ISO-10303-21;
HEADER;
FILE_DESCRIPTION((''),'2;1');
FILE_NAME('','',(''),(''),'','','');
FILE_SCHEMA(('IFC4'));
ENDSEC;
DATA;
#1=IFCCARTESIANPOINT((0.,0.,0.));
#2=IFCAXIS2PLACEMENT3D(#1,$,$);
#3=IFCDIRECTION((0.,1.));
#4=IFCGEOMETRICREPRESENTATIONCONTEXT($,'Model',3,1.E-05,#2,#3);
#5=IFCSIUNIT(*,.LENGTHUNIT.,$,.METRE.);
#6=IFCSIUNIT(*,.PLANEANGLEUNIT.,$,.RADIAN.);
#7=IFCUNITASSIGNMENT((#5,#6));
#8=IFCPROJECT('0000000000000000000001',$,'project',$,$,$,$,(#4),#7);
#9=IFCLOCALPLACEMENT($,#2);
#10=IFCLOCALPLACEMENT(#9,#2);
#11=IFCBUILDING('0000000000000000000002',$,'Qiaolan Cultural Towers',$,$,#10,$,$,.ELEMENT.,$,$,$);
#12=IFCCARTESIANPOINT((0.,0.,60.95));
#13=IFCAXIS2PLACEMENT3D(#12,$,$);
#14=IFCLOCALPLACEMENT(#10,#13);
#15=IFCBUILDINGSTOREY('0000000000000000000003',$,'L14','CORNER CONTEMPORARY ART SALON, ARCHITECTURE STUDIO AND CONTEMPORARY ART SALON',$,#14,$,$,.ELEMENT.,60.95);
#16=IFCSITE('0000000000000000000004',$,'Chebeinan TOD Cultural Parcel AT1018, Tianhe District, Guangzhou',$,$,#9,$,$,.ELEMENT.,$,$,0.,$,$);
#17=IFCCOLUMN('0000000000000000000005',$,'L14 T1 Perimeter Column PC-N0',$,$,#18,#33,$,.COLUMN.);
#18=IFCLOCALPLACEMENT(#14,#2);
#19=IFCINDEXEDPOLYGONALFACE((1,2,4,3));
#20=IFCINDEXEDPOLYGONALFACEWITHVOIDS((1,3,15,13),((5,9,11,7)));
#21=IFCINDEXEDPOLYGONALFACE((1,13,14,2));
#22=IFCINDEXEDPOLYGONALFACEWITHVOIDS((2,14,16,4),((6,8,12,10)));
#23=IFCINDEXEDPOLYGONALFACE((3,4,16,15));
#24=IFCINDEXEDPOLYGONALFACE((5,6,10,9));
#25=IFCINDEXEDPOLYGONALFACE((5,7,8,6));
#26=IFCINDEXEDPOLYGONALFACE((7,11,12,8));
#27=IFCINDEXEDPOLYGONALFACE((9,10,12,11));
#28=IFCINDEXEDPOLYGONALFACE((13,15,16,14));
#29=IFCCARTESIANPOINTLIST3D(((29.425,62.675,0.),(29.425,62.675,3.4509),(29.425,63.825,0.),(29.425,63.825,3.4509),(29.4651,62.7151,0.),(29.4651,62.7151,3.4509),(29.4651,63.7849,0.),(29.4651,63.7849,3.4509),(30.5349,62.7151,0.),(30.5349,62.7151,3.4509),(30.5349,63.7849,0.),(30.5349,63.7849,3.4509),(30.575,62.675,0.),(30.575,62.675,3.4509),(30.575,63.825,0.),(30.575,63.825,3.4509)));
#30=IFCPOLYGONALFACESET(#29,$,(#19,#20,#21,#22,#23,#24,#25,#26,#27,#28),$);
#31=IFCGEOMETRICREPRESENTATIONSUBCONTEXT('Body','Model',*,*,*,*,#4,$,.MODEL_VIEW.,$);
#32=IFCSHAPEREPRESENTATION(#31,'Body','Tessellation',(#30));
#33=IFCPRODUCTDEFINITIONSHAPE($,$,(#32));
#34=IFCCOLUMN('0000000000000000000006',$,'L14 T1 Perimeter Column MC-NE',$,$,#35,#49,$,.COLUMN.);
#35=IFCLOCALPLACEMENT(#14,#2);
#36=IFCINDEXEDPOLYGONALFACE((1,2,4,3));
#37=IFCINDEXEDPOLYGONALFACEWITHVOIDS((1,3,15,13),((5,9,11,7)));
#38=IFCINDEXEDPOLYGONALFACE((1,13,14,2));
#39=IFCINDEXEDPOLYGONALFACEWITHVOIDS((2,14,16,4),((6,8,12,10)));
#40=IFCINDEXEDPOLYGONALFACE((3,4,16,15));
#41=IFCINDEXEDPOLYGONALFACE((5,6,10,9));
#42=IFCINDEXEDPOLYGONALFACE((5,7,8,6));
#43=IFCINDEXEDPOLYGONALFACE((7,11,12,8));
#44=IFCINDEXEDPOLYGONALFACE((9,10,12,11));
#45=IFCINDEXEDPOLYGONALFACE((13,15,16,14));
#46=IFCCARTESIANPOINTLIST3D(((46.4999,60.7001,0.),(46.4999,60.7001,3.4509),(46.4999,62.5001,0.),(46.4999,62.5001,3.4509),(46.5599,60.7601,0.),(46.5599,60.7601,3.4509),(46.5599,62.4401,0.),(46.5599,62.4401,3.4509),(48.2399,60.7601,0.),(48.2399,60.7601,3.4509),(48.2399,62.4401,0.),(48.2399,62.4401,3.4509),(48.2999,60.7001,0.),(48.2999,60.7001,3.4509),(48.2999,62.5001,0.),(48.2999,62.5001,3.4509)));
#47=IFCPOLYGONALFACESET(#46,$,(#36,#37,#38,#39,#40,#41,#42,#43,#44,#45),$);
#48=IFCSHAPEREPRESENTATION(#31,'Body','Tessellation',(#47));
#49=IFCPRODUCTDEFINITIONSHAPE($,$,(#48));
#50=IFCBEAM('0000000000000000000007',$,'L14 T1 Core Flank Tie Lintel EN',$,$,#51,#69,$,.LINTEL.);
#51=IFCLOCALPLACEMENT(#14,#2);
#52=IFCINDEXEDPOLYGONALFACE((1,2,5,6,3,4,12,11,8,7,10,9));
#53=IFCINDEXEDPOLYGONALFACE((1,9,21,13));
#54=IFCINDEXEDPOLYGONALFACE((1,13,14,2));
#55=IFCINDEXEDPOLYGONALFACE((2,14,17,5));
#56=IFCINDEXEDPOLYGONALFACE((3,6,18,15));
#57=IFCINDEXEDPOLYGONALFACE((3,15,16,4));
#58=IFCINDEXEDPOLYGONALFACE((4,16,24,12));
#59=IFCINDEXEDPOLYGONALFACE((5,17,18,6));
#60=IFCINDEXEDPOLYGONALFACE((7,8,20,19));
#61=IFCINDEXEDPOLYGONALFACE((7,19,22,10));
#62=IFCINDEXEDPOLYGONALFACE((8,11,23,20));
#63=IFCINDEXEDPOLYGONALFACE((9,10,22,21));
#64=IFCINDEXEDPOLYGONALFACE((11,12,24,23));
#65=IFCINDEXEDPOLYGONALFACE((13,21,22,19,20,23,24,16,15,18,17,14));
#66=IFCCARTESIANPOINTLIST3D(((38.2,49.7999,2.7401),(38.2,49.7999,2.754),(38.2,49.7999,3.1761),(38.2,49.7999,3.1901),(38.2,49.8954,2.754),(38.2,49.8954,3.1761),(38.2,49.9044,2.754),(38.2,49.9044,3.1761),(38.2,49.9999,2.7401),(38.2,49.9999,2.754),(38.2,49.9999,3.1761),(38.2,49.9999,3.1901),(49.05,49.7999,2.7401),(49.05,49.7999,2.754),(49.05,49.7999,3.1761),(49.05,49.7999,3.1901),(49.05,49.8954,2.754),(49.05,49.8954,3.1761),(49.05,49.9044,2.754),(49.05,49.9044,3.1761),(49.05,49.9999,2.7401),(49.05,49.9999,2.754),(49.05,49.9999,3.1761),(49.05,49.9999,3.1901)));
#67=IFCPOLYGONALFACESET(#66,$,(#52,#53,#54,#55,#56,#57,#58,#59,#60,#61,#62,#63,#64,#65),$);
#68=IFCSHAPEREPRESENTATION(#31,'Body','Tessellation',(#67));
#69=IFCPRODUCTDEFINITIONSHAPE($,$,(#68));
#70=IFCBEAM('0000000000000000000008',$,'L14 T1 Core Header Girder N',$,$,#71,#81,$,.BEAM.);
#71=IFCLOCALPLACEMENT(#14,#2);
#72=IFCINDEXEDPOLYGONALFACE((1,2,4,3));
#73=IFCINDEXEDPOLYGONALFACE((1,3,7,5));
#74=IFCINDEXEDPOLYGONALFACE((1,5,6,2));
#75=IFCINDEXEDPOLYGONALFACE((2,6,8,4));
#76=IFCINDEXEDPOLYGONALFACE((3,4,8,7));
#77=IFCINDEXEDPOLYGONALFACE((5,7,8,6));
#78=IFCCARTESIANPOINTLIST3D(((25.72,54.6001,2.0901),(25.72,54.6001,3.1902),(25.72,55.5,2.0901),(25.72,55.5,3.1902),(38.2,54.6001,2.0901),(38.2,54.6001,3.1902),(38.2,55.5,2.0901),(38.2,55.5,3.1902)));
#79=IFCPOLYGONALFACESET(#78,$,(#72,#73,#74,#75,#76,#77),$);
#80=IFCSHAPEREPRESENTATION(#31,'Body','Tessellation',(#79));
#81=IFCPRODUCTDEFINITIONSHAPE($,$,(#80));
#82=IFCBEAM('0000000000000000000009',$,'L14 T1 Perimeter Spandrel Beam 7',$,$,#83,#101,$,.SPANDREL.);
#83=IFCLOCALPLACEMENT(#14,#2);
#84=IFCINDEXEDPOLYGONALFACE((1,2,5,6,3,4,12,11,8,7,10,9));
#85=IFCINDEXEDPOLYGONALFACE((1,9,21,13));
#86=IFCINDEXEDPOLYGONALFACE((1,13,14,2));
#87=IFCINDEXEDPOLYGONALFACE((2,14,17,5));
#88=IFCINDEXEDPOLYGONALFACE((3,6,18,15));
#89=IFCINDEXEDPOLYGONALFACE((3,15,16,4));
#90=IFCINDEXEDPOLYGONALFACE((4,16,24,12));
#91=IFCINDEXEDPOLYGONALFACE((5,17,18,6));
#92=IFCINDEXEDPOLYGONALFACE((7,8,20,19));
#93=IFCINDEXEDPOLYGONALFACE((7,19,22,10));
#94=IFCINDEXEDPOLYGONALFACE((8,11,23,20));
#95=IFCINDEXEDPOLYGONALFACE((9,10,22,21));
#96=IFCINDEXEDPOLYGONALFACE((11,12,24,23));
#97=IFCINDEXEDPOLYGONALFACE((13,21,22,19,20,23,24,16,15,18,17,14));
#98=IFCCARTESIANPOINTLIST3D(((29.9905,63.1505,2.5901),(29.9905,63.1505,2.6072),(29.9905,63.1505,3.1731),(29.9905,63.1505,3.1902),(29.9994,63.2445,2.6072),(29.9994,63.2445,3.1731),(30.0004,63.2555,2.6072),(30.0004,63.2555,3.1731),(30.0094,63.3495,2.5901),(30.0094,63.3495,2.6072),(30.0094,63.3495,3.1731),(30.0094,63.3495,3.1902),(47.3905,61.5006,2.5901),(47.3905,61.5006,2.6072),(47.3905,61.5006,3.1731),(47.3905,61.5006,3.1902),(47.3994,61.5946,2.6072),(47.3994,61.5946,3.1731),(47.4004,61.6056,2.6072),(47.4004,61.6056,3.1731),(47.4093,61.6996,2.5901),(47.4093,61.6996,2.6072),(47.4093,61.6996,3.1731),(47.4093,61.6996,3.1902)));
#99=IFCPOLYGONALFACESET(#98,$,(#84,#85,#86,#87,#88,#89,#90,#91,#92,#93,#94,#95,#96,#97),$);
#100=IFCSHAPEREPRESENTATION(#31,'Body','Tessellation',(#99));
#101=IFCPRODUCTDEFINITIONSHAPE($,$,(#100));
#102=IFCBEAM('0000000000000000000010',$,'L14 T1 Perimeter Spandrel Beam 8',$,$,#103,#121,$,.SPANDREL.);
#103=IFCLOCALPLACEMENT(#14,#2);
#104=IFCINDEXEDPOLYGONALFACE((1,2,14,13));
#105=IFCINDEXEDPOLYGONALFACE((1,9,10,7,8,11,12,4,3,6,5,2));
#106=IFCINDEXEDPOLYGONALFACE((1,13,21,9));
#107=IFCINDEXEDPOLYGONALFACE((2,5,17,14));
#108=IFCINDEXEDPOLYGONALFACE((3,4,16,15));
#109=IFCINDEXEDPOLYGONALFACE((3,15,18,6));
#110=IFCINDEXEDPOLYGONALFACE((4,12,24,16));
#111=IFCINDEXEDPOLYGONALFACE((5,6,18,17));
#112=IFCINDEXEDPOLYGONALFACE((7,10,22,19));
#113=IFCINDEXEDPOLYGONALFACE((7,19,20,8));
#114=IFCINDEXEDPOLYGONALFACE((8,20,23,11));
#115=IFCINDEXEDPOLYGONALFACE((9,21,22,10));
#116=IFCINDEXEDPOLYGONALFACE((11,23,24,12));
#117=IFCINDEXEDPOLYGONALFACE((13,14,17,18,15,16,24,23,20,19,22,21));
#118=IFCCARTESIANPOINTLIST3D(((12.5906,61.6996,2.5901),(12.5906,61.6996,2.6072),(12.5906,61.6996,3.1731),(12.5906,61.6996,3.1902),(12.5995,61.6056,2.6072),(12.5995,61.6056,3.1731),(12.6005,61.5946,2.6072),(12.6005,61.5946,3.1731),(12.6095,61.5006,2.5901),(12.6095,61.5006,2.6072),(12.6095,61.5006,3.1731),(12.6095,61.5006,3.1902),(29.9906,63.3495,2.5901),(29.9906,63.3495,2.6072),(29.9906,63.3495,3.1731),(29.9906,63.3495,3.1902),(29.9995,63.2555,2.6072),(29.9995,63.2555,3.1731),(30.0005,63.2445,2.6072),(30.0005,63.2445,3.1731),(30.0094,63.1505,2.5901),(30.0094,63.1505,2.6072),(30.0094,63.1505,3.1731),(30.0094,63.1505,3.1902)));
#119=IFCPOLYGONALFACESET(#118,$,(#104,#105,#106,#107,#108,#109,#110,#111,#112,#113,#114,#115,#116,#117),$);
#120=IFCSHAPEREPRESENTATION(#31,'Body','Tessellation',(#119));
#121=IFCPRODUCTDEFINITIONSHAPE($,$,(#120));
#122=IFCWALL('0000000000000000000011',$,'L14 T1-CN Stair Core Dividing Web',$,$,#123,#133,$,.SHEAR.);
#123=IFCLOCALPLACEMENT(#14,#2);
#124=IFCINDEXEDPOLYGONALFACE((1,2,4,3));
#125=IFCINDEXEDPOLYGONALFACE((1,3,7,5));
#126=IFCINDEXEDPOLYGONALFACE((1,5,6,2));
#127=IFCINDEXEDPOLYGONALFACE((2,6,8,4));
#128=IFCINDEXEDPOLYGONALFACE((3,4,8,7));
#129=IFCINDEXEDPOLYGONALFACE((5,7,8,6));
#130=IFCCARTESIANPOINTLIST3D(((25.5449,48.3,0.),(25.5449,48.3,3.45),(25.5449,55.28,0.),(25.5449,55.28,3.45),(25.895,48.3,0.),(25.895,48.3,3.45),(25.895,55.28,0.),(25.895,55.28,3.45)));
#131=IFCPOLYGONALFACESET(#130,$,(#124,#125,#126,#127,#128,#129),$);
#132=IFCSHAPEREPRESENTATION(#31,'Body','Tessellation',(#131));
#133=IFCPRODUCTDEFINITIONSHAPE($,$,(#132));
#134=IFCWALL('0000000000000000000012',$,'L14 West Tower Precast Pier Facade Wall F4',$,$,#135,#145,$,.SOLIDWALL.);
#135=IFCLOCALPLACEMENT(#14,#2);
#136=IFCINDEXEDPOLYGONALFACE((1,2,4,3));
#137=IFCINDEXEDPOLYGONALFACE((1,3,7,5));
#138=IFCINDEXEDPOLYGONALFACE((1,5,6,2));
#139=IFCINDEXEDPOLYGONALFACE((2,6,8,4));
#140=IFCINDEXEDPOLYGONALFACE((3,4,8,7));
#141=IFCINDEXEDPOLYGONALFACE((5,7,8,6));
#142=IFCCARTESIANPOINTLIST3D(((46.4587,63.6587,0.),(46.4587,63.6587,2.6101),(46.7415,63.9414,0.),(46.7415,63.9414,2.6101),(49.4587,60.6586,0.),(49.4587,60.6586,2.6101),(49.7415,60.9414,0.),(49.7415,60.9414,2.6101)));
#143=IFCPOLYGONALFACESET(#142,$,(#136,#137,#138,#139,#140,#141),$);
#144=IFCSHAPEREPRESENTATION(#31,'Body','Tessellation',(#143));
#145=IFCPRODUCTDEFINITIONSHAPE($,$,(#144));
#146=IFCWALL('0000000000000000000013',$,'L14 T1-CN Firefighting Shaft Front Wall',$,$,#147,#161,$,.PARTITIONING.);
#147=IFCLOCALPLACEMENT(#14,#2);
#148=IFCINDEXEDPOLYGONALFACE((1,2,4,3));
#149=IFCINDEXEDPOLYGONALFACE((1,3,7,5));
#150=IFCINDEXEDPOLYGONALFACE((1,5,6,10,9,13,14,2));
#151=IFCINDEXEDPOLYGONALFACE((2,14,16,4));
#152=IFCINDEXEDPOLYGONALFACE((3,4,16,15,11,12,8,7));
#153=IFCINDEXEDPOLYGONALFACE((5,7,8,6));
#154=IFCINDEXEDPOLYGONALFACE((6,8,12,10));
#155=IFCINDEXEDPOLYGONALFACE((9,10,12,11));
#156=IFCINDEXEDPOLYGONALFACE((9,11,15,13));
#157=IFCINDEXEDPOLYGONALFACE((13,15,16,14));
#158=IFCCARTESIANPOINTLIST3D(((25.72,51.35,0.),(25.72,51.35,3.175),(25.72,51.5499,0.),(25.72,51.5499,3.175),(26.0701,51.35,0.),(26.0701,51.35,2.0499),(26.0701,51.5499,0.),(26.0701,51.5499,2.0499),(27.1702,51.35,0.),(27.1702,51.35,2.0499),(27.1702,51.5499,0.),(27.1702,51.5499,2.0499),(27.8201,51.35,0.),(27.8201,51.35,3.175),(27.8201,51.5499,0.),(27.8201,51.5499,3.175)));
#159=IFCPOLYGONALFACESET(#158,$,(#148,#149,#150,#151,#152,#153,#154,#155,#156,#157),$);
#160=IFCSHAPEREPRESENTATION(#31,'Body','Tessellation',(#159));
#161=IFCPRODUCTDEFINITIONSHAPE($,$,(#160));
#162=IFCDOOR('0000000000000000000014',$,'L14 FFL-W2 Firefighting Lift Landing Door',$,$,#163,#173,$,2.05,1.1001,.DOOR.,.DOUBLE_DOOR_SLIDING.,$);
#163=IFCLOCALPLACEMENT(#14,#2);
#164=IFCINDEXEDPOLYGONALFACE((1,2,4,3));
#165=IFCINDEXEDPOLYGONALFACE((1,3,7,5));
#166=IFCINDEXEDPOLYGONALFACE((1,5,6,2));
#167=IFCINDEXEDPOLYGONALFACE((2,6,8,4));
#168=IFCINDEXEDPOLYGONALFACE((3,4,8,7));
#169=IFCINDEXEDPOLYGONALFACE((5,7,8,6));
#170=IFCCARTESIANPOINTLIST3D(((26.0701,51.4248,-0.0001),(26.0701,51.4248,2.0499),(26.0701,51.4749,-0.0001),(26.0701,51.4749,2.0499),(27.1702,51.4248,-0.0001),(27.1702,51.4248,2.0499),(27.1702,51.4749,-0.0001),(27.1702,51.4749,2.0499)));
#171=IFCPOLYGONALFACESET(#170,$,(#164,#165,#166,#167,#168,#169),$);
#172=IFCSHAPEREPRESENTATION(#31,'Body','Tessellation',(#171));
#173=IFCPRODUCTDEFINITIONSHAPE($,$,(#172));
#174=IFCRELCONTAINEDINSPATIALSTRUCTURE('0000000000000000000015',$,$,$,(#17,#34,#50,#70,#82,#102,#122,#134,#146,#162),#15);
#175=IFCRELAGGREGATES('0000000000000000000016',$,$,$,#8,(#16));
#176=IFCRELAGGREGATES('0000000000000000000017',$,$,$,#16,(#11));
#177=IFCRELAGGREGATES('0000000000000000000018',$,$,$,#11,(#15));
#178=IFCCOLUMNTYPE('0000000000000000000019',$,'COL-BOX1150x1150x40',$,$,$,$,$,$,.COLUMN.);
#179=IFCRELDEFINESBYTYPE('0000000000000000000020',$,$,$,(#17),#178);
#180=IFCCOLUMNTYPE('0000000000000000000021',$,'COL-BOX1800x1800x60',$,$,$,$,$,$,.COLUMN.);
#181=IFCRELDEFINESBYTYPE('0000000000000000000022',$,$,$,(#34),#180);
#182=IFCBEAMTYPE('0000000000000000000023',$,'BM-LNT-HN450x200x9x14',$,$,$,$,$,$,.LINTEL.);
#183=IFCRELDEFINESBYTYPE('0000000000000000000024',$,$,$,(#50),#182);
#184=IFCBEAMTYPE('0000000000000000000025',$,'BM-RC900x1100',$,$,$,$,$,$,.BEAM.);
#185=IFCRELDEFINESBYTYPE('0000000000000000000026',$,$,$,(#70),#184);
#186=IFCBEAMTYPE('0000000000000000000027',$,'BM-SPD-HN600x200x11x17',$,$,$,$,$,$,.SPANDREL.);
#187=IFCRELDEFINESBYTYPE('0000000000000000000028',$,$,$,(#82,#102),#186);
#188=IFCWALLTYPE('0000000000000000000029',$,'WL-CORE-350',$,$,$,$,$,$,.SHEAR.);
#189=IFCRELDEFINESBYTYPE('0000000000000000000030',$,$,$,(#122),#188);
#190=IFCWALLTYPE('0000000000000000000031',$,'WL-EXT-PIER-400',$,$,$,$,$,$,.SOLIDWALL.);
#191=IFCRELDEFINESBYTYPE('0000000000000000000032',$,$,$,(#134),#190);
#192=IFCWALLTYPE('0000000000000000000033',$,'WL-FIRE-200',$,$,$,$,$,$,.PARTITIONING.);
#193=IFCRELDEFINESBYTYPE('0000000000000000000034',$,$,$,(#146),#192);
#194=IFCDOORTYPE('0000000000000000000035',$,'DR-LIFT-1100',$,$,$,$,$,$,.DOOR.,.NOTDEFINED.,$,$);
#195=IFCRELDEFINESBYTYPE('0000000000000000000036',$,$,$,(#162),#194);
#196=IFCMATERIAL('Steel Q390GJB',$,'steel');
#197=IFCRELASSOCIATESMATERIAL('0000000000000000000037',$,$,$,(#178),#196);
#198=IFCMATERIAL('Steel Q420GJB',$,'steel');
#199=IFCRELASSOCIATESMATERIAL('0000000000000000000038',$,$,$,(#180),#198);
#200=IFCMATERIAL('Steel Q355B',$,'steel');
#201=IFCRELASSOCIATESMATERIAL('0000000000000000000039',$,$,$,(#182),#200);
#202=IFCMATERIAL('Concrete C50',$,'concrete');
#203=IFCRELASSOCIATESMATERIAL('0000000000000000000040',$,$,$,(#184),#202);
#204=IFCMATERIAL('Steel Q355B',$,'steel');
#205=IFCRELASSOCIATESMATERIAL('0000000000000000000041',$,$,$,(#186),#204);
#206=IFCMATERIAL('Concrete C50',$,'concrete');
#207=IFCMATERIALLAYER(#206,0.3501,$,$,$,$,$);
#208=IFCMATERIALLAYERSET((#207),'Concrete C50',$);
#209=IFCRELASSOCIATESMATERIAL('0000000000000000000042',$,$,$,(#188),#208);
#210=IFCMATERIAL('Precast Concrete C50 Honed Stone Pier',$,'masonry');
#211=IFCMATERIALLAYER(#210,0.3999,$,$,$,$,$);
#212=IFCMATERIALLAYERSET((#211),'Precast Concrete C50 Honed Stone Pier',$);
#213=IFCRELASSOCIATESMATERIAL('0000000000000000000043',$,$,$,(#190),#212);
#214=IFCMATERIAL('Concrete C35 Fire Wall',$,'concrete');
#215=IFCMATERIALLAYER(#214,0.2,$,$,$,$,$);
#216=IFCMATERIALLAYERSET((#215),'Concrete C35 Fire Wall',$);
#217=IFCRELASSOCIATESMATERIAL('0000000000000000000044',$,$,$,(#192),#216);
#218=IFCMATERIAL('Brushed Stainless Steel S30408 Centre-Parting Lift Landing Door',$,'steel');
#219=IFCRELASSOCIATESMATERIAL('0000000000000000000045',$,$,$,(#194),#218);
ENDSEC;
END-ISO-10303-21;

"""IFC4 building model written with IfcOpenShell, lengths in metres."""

from ifc_helpers import new_model, si_unit, direction, frame, frame_2d, origin, origin_2d, place, context, subcontext, project, spatial, rectangle, hollow_rectangle, i_section, extrude, material, layer, layer_set, material_profile, profile_set, type_object, element, fill, save


model = new_model("IFC4")

# Units and contexts
model_context = context("Model", 3, precision=1e-05, world=origin(), true_north=direction((0.0, 1.0)))
body_context = subcontext(model_context, "Body", "Model", "MODEL_VIEW")
ifc_project = project(units=[si_unit("LENGTHUNIT", "METRE"), si_unit("PLANEANGLEUNIT", "RADIAN")], contexts=[model_context])

# Site, building, storey
site_placement = place(None, origin())
site = spatial("IfcSite", under=ifc_project, at=site_placement, Name="Chebeinan TOD Cultural Parcel AT1018, Tianhe District, Guangzhou", CompositionType="ELEMENT", RefElevation=0.0)
building_placement = place(site_placement, origin())
building = spatial("IfcBuilding", under=site, at=building_placement, Name="Qiaolan Cultural Towers", CompositionType="ELEMENT")
storey_placement = place(building_placement, frame((0.0, 0.0, 60.95)))
storey = spatial("IfcBuildingStorey", under=building, at=storey_placement, Name="L14", Description="CORNER CONTEMPORARY ART SALON, ARCHITECTURE STUDIO AND CONTEMPORARY ART SALON", CompositionType="ELEMENT", Elevation=60.95)

# Columns
ifc_material_1 = material(Name="Steel Q390GJB", Category="steel")
ifc_material_profile_1 = material_profile(ifc_material_1, hollow_rectangle(XDim=1.1499, YDim=1.1499, WallThickness=0.04, at=origin_2d()), Name="BOX1150x1150x40")
ifc_profile_set_1 = profile_set([ifc_material_profile_1], Name="Steel Q390GJB")
column_type_1 = type_object("IfcColumnType", Name="COL-BOX1150x1150x40", PredefinedType="COLUMN", material=ifc_profile_set_1)
column_1_placement = place(storey_placement, frame((30.0, 63.25, 0.0), z_axis=(0.0, 0.0, 1.0), x_axis=(1.0, 0.0, 0.0)))
element("IfcColumn", 1, at=column_1_placement, inside=storey, type_object=column_type_1, Name="L14 T1 Perimeter Column PC-N0", PredefinedType="COLUMN", context=body_context, shape_type="SweptSolid", body=[
    extrude(hollow_rectangle(XDim=1.1499, YDim=1.1499, WallThickness=0.04, at=origin_2d()), origin(), (0.0, 0.0, 1.0), 3.4509),
])
ifc_material_2 = material(Name="Steel Q420GJB", Category="steel")
ifc_material_profile_2 = material_profile(ifc_material_2, hollow_rectangle(XDim=1.8, YDim=1.8, WallThickness=0.0601, at=origin_2d()), Name="BOX1800x1800x60")
ifc_profile_set_2 = profile_set([ifc_material_profile_2], Name="Steel Q420GJB")
column_type_2 = type_object("IfcColumnType", Name="COL-BOX1800x1800x60", PredefinedType="COLUMN", material=ifc_profile_set_2)
column_2_placement = place(storey_placement, frame((47.3999, 61.6001, 0.0), z_axis=(0.0, 0.0, 1.0), x_axis=(1.0, 0.0, 0.0)))
element("IfcColumn", 2, at=column_2_placement, inside=storey, type_object=column_type_2, Name="L14 T1 Perimeter Column MC-NE", PredefinedType="COLUMN", context=body_context, shape_type="SweptSolid", body=[
    extrude(hollow_rectangle(XDim=1.8, YDim=1.8, WallThickness=0.0601, at=origin_2d()), origin(), (0.0, 0.0, 1.0), 3.4509),
])

# Beams
ifc_material_3 = material(Name="Steel Q355B", Category="steel")
ifc_material_profile_3 = material_profile(ifc_material_3, i_section(OverallWidth=0.2, OverallDepth=0.45, WebThickness=0.009, FlangeThickness=0.0139, at=origin_2d()), Name="HN450x200x9x14")
ifc_profile_set_3 = profile_set([ifc_material_profile_3], Name="Steel Q355B")
beam_type_1 = type_object("IfcBeamType", Name="BM-LNT-HN450x200x9x14", PredefinedType="LINTEL", material=ifc_profile_set_3)
beam_1_placement = place(storey_placement, frame((38.2, 49.8999, 2.9651), z_axis=(1.0, 0.0, 0.0), x_axis=(0.0, 1.0, 0.0)))
element("IfcBeam", 3, at=beam_1_placement, inside=storey, type_object=beam_type_1, Name="L14 T1 Core Flank Tie Lintel EN", PredefinedType="LINTEL", context=body_context, shape_type="SweptSolid", body=[
    extrude(i_section(OverallWidth=0.2, OverallDepth=0.45, WebThickness=0.009, FlangeThickness=0.0139, at=origin_2d()), origin(), (0.0, 0.0, 1.0), 10.8501),
])
ifc_material_4 = material(Name="Concrete C50", Category="concrete")
ifc_material_profile_4 = material_profile(ifc_material_4, rectangle(XDim=0.8999, YDim=1.1001, at=origin_2d()), Name="RC900x1100")
ifc_profile_set_4 = profile_set([ifc_material_profile_4], Name="Concrete C50")
beam_type_2 = type_object("IfcBeamType", Name="BM-RC900x1100", PredefinedType="BEAM", material=ifc_profile_set_4)
beam_2_placement = place(storey_placement, frame((25.72, 55.05, 2.6401), z_axis=(1.0, 0.0, 0.0), x_axis=(0.0, 1.0, 0.0)))
element("IfcBeam", 4, at=beam_2_placement, inside=storey, type_object=beam_type_2, Name="L14 T1 Core Header Girder N", PredefinedType="BEAM", context=body_context, shape_type="SweptSolid", body=[
    extrude(rectangle(XDim=0.8999, YDim=1.1001, at=origin_2d()), origin(), (0.0, 0.0, 1.0), 12.48),
])
ifc_material_5 = material(Name="Steel Q355B", Category="steel")
ifc_material_profile_5 = material_profile(ifc_material_5, i_section(OverallWidth=0.2, OverallDepth=0.6001, WebThickness=0.011, FlangeThickness=0.0171, at=origin_2d()), Name="HN600x200x11x17")
ifc_profile_set_5 = profile_set([ifc_material_profile_5], Name="Steel Q355B")
beam_type_3 = type_object("IfcBeamType", Name="BM-SPD-HN600x200x11x17", PredefinedType="SPANDREL", material=ifc_profile_set_5)
for number, where, z_axis, x_axis, name in (
    (5, (47.3999, 61.6001, 2.8901), (-0.995534, 0.094399, 0.0), (-0.094399, -0.995534, 0.0), "L14 T1 Perimeter Spandrel Beam 7"),
    (6, (30.0, 63.25, 2.8901), (-0.995534, -0.094399, 0.0), (0.094399, -0.995534, 0.0), "L14 T1 Perimeter Spandrel Beam 8"),
):
    element("IfcBeam", number, at=place(storey_placement, frame(where, z_axis=z_axis, x_axis=x_axis)), inside=storey, type_object=beam_type_3, Name=name, PredefinedType="SPANDREL", context=body_context, shape_type="SweptSolid", body=[
        extrude(i_section(OverallWidth=0.2, OverallDepth=0.6001, WebThickness=0.011, FlangeThickness=0.0171, at=origin_2d()), origin(), (0.0, 0.0, 1.0), 17.478),
    ])

# Walls
ifc_material_6 = material(Name="Concrete C50", Category="concrete")
ifc_layer_1 = layer(ifc_material_6, 0.3501)
ifc_layer_set_1 = layer_set([ifc_layer_1], Name="Concrete C50")
wall_type_1 = type_object("IfcWallType", Name="WL-CORE-350", PredefinedType="SHEAR", material=ifc_layer_set_1)
wall_1_placement = place(storey_placement, frame((25.72, 48.3, 0.0), z_axis=(0.0, 0.0, 1.0), x_axis=(0.0, 1.0, 0.0)))
element("IfcWall", 7, at=wall_1_placement, inside=storey, type_object=wall_type_1, Name="L14 T1-CN Stair Core Dividing Web", PredefinedType="SHEAR", context=body_context, shape_type="SweptSolid", body=[
    extrude(rectangle(XDim=6.98, YDim=0.3501, at=frame_2d((3.49, 0.0))), origin(), (0.0, 0.0, 1.0), 3.45),
])
ifc_material_7 = material(Name="Precast Concrete C50 Honed Stone Pier", Category="masonry")
ifc_layer_2 = layer(ifc_material_7, 0.3999)
ifc_layer_set_2 = layer_set([ifc_layer_2], Name="Precast Concrete C50 Honed Stone Pier")
wall_type_2 = type_object("IfcWallType", Name="WL-EXT-PIER-400", PredefinedType="SOLIDWALL", material=ifc_layer_set_2)
wall_2_placement = place(storey_placement, frame((46.6001, 63.8, 0.0), z_axis=(0.0, 0.0, 1.0), x_axis=(0.707107, -0.707107, 0.0)))
element("IfcWall", 8, at=wall_2_placement, inside=storey, type_object=wall_type_2, Name="L14 West Tower Precast Pier Facade Wall F4", PredefinedType="SOLIDWALL", context=body_context, shape_type="SweptSolid", body=[
    extrude(rectangle(XDim=4.2427, YDim=0.3999, at=frame_2d((2.1213, 0.0))), origin(), (0.0, 0.0, 1.0), 2.6101),
])

# Wall, opening, door
ifc_material_8 = material(Name="Concrete C35 Fire Wall", Category="concrete")
ifc_layer_3 = layer(ifc_material_8, 0.2)
ifc_layer_set_3 = layer_set([ifc_layer_3], Name="Concrete C35 Fire Wall")
wall_type_3 = type_object("IfcWallType", Name="WL-FIRE-200", PredefinedType="PARTITIONING", material=ifc_layer_set_3)
wall_3_placement = place(storey_placement, frame((25.72, 51.45, 0.0), z_axis=(0.0, 0.0, 1.0), x_axis=(1.0, 0.0, 0.0)))
wall_3 = element("IfcWall", 9, at=wall_3_placement, inside=storey, type_object=wall_type_3, Name="L14 T1-CN Firefighting Shaft Front Wall", PredefinedType="PARTITIONING", context=body_context, shape_type="SweptSolid", body=[
    extrude(rectangle(XDim=2.1001, YDim=0.2, at=frame_2d((1.05, 0.0))), origin(), (0.0, 0.0, 1.0), 3.175),
])
opening_1_placement = place(wall_3_placement, frame((0.3501, 0.0, 0.0)))
opening_1 = element("IfcOpeningElement", 10, at=opening_1_placement, cuts=wall_3, PredefinedType="OPENING", context=body_context, shape_type="SweptSolid", body=[
    extrude(rectangle(XDim=1.1001, YDim=2.05, at=frame_2d((0.55, 1.0249))), frame((0.0, 0.1099, 0.0), z_axis=(0.0, -1.0, 0.0), x_axis=(1.0, 0.0, 0.0)), (0.0, 0.0, 1.0), 0.22),
])
ifc_material_9 = material(Name="Brushed Stainless Steel S30408 Centre-Parting Lift Landing Door", Category="steel")
door_type_1 = type_object("IfcDoorType", Name="DR-LIFT-1100", OperationType="NOTDEFINED", PredefinedType="DOOR", material=ifc_material_9)
door_1_placement = place(opening_1_placement, origin())
door_1 = element("IfcDoor", 11, at=door_1_placement, inside=storey, type_object=door_type_1, Name="L14 FFL-W2 Firefighting Lift Landing Door", OperationType="DOUBLE_DOOR_SLIDING", OverallHeight=2.05, OverallWidth=1.1001, PredefinedType="DOOR", context=body_context, shape_type="SweptSolid", body=[
    extrude(rectangle(XDim=1.1001, YDim=2.05, at=frame_2d((0.55, 1.0249))), frame((0.0, 0.0249, 0.0), z_axis=(0.0, -1.0, 0.0), x_axis=(1.0, 0.0, 0.0)), (0.0, 0.0, 1.0), 0.05),
])
fill(opening_1, door_1)

save(model, "model.ifc")
